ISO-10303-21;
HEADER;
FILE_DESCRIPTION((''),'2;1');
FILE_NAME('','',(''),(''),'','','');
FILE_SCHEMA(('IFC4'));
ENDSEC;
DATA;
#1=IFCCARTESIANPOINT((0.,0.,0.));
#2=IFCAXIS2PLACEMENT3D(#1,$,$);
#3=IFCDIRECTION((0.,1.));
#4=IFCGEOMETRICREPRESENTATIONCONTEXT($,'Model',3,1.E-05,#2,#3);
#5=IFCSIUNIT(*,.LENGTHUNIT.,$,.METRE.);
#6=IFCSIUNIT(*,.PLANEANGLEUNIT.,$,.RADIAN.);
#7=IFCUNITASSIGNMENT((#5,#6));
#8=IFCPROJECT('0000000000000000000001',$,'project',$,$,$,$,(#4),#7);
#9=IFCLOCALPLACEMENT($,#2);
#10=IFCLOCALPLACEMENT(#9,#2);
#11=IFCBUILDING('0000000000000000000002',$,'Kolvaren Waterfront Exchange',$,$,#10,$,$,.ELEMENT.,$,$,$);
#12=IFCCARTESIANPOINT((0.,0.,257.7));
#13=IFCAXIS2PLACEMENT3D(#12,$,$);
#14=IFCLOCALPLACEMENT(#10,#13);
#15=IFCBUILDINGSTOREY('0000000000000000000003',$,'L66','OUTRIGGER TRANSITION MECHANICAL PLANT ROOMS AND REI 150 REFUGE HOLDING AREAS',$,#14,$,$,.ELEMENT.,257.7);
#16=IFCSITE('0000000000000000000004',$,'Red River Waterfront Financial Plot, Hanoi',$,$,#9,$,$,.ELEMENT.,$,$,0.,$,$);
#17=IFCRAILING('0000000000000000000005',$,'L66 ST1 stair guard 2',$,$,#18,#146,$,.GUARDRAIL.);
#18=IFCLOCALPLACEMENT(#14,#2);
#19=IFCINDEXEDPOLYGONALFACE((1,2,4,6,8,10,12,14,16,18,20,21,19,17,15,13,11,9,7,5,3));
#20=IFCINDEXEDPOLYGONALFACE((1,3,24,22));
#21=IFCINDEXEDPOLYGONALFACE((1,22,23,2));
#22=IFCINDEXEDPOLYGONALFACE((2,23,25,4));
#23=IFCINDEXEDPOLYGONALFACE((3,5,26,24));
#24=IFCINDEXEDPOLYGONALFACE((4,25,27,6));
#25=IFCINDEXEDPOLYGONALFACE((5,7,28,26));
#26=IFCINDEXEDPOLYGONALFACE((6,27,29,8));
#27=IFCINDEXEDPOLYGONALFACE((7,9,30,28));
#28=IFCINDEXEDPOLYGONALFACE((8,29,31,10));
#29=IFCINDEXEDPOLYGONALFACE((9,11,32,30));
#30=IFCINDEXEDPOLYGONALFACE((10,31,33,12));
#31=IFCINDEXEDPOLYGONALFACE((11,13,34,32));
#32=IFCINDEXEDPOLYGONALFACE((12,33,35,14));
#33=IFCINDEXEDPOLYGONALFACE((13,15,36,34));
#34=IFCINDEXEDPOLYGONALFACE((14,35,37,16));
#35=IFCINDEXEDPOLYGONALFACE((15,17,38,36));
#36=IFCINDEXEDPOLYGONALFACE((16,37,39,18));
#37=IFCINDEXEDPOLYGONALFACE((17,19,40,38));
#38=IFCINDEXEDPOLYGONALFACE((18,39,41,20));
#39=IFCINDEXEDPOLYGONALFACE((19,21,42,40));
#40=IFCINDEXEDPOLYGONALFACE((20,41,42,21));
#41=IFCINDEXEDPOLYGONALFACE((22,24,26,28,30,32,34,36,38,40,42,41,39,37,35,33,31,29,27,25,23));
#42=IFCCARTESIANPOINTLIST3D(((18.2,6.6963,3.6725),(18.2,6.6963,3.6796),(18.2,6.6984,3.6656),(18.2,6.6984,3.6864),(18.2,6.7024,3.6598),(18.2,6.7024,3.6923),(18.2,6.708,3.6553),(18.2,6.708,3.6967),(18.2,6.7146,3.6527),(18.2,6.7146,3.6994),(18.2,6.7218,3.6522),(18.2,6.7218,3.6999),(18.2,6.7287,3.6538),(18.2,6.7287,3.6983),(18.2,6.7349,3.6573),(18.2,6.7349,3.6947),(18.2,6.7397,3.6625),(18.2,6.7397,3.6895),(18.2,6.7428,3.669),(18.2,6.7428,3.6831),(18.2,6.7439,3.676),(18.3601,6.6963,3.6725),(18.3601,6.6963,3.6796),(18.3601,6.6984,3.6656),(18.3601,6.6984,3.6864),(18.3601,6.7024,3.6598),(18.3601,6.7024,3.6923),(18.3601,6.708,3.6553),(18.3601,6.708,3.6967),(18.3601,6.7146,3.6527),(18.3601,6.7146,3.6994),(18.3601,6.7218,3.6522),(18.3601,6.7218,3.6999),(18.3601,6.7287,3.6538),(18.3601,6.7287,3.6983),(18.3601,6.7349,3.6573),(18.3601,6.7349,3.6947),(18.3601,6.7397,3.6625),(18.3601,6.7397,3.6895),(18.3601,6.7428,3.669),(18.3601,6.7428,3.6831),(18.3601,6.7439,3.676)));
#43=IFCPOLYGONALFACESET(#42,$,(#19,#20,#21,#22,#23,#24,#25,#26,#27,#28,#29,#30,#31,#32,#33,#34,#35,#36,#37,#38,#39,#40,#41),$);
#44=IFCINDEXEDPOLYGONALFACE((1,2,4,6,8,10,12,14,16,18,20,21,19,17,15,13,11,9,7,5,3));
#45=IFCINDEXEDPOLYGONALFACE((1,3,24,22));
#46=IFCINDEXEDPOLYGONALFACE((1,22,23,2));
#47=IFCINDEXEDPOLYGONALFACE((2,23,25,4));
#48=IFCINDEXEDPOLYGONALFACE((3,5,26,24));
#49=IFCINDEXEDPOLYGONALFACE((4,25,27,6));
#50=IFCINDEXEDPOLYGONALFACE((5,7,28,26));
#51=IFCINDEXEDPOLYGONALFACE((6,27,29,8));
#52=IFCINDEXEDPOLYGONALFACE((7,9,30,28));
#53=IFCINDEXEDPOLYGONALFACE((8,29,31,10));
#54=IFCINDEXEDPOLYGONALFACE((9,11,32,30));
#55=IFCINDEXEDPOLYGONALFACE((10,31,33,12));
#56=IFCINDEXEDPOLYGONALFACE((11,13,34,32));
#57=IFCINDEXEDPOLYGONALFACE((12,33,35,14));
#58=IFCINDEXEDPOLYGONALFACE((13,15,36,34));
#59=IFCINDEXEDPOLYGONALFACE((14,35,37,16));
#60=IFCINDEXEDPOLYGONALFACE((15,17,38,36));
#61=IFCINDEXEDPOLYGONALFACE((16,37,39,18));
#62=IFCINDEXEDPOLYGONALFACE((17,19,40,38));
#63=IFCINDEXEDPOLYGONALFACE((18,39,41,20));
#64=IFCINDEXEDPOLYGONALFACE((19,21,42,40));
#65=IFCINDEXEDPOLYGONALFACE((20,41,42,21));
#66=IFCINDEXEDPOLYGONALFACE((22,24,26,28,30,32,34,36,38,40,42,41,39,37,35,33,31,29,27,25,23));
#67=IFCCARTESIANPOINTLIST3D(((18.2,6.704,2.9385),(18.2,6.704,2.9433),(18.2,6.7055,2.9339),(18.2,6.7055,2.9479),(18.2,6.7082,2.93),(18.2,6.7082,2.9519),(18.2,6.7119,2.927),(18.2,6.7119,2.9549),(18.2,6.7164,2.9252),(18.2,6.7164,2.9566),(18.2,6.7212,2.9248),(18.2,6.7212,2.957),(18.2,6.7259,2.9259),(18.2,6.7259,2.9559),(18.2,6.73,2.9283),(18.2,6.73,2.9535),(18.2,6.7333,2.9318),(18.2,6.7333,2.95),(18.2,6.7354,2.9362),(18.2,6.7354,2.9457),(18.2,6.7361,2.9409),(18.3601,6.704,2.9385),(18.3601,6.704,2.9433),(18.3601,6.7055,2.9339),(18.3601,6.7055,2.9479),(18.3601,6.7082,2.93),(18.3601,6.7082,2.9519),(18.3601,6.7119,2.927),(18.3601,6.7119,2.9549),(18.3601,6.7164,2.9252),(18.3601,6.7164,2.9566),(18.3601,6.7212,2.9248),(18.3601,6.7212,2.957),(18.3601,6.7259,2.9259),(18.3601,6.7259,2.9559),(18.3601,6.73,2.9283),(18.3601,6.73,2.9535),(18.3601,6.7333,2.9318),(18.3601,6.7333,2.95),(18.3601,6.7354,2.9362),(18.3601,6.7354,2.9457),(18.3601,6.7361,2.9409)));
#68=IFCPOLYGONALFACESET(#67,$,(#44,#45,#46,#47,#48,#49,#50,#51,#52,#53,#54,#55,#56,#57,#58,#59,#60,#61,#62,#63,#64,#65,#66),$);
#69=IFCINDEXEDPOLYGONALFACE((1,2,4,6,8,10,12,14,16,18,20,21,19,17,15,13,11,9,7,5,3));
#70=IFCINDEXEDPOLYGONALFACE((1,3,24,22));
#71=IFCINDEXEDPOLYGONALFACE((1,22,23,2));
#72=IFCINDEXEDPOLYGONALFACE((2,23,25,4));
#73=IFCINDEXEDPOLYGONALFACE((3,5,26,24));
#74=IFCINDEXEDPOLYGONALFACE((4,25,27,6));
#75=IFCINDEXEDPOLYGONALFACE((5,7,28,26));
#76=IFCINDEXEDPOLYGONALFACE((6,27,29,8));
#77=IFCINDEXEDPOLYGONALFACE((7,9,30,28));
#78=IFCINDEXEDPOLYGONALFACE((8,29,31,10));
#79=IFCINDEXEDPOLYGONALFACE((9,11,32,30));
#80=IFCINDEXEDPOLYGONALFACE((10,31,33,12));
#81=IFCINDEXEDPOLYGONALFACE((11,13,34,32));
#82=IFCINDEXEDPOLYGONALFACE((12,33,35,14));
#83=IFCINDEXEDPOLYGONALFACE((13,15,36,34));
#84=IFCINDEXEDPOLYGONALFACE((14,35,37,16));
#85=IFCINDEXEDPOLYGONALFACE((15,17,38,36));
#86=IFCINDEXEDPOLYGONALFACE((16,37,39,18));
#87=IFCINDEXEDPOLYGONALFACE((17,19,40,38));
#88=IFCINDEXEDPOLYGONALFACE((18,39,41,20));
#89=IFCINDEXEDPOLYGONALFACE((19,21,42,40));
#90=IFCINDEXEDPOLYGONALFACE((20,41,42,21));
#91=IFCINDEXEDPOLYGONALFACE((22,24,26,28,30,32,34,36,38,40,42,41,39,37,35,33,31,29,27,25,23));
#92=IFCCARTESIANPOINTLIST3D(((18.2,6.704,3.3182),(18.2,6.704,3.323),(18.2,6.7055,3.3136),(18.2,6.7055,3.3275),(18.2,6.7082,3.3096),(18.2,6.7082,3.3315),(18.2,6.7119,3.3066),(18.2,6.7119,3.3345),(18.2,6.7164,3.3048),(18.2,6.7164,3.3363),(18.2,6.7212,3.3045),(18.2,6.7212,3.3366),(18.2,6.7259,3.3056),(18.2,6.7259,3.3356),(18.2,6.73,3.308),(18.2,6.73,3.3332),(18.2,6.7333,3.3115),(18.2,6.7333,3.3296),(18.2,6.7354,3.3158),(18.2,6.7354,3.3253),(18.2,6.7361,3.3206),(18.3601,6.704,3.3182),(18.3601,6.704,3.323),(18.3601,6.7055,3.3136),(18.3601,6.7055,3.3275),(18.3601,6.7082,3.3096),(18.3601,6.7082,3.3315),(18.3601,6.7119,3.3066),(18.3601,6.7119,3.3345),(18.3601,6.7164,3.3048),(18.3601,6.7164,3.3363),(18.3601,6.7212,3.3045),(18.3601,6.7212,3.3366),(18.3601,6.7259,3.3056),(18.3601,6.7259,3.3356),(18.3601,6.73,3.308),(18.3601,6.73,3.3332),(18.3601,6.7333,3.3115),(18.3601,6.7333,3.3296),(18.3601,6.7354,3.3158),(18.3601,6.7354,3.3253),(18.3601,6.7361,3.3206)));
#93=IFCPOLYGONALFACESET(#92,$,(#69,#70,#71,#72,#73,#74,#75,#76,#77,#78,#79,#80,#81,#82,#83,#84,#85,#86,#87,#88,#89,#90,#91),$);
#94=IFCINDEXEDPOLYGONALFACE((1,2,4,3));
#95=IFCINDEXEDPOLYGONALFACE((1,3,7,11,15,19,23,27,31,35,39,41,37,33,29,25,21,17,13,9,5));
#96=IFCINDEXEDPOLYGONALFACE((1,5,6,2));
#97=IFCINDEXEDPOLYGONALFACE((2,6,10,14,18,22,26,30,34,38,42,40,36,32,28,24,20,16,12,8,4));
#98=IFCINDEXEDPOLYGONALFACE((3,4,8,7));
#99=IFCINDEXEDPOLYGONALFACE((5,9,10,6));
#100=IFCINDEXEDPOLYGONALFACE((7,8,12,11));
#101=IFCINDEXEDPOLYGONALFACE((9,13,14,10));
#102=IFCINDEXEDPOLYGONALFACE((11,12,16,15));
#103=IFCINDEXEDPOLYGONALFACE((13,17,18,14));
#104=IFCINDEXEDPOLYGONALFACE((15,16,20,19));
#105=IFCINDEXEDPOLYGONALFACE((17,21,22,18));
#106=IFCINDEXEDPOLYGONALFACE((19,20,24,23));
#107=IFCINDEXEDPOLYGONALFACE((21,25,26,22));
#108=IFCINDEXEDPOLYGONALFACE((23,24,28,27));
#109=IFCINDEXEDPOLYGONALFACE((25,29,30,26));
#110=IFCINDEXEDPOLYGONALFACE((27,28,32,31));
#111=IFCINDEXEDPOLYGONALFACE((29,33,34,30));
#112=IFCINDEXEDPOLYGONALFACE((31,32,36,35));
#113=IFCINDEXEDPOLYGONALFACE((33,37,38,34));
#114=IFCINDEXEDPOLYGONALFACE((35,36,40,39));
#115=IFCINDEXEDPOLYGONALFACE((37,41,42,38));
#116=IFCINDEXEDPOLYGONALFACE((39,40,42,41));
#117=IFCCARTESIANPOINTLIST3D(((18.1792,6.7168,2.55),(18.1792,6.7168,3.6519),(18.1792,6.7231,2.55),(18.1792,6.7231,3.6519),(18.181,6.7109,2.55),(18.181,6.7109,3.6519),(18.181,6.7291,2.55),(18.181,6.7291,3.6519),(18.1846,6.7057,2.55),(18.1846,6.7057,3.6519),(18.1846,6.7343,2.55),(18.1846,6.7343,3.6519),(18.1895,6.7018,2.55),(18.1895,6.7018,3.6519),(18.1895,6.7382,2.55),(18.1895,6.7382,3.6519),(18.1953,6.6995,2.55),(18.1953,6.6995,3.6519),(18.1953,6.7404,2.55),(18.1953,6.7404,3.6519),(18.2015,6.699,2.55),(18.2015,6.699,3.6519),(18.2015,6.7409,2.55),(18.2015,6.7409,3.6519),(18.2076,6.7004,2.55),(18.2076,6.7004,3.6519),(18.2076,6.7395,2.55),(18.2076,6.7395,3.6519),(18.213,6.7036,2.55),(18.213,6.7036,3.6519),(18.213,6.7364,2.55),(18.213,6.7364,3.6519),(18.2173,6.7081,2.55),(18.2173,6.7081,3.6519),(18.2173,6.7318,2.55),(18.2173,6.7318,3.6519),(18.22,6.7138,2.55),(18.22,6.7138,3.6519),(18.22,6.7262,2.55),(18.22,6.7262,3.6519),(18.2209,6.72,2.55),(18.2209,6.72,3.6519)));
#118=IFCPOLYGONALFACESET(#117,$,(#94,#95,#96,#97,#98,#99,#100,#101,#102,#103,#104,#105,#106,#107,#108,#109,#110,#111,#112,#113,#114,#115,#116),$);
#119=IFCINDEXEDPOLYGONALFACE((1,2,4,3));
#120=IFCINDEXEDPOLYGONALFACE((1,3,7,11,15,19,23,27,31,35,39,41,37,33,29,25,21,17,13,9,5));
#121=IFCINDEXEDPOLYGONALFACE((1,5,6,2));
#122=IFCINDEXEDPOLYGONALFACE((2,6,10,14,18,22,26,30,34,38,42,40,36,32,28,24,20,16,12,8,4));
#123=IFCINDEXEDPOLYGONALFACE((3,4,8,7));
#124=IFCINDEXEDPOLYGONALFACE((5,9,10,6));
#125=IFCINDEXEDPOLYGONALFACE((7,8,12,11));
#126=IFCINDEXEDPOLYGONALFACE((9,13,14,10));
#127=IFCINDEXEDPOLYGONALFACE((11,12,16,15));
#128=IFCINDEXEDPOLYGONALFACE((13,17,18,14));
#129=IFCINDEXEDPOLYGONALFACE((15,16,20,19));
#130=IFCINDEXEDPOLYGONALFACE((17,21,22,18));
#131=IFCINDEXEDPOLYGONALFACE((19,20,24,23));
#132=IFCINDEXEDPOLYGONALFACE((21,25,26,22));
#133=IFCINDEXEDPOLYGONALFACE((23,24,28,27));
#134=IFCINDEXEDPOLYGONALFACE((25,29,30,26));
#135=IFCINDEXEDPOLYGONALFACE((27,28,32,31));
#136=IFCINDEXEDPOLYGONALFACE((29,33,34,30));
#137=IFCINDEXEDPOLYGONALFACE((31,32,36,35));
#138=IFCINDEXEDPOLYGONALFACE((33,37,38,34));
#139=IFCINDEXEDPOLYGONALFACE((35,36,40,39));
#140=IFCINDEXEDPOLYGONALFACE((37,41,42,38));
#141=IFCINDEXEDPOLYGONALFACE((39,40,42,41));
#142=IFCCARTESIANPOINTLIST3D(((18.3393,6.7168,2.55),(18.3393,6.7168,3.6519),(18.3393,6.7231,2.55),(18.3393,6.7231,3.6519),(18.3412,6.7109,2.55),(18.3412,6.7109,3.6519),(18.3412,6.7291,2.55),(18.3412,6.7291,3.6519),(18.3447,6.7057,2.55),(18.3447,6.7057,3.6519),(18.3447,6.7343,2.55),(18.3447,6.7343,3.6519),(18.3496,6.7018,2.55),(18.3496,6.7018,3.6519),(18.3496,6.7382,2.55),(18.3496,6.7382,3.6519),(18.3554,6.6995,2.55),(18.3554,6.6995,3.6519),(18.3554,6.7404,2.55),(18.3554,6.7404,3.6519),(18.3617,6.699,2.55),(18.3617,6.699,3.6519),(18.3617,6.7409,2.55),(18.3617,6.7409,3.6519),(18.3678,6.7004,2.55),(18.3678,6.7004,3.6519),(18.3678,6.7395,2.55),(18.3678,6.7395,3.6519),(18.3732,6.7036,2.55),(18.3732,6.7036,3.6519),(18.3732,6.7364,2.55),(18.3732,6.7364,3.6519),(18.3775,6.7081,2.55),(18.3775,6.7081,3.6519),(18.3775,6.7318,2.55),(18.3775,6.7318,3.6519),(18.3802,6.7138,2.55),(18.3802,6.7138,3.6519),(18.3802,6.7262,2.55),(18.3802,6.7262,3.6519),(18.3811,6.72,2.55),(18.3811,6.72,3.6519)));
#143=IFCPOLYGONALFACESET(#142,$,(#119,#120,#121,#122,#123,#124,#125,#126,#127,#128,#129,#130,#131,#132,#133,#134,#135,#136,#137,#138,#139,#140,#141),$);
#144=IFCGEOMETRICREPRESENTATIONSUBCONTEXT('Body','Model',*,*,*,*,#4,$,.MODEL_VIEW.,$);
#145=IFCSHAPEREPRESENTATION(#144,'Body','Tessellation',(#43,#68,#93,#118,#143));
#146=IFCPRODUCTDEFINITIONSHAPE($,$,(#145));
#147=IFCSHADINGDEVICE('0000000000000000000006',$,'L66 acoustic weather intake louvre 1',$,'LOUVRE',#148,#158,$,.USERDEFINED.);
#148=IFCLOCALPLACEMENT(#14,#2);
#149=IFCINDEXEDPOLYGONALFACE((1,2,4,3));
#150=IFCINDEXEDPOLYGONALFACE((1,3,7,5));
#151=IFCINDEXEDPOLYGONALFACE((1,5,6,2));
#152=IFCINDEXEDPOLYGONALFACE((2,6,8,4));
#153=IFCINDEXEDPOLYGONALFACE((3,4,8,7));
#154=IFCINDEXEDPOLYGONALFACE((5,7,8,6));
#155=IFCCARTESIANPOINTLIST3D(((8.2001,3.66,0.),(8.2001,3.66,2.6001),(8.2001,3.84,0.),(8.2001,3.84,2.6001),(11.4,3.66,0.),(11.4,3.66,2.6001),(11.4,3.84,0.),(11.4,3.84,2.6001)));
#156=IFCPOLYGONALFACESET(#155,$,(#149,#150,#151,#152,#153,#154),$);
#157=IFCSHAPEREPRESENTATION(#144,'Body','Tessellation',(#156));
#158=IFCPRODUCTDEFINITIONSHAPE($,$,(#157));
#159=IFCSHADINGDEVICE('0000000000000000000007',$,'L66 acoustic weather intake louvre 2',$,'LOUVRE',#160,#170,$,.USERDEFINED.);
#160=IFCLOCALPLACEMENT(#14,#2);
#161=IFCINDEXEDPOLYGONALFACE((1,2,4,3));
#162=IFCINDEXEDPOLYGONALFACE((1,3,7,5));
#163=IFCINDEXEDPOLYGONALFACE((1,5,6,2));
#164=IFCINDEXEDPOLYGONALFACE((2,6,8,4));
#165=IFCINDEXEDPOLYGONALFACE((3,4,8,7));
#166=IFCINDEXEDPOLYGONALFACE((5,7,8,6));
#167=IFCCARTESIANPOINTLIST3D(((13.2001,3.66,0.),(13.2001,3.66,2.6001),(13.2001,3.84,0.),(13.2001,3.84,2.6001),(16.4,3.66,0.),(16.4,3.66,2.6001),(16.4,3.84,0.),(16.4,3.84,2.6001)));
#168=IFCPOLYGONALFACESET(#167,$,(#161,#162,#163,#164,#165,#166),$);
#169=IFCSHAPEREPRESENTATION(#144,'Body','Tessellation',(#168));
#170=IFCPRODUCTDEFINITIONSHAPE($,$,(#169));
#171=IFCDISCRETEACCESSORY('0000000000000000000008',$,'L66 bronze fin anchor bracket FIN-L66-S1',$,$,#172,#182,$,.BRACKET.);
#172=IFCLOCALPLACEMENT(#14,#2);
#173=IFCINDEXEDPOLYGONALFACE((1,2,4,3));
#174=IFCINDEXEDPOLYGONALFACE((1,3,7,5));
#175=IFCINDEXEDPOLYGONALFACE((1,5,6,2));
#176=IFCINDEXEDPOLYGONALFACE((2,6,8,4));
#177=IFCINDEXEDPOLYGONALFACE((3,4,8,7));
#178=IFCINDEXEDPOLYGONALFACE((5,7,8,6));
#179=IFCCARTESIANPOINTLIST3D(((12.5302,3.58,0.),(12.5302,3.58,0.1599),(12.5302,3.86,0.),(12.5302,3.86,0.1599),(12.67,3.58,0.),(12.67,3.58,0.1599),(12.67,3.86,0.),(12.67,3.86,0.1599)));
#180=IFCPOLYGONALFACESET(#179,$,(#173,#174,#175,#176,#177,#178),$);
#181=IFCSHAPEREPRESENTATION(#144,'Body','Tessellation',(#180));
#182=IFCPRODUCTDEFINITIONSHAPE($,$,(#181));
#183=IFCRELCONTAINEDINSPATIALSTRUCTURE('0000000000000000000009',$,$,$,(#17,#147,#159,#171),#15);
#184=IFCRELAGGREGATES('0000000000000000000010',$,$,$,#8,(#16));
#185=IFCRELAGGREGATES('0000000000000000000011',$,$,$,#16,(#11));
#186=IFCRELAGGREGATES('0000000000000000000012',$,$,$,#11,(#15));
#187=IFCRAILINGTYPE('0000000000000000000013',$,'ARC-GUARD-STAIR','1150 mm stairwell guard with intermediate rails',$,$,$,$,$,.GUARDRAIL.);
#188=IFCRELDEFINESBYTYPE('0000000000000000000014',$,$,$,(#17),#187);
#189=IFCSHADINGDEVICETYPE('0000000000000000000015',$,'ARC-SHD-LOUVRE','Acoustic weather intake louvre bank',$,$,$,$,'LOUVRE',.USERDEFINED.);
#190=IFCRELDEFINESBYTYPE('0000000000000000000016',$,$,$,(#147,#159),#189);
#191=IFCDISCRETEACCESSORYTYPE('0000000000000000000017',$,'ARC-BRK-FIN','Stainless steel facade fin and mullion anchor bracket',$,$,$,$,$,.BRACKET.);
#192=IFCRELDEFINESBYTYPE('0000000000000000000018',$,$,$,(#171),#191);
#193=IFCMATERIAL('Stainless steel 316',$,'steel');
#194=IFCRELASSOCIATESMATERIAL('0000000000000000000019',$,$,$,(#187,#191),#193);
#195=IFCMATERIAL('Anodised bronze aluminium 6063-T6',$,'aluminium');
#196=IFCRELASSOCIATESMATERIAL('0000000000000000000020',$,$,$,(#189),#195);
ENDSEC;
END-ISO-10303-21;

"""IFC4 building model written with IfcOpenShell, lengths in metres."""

from ifc_helpers import new_model, si_unit, direction, frame, origin, origin_with_axes, origin_2d, place, context, subcontext, project, spatial, rectangle, circle, extrude, source, transform, mapped, material, type_object, element, save


model = new_model("IFC4")

# Units and contexts
model_context = context("Model", 3, precision=1e-05, world=origin(), true_north=direction((0.0, 1.0)))
body_context = subcontext(model_context, "Body", "Model", "MODEL_VIEW")
ifc_project = project(units=[si_unit("LENGTHUNIT", "METRE"), si_unit("PLANEANGLEUNIT", "RADIAN")], contexts=[model_context])

# Site, building, storey
site_placement = place(None, origin())
site = spatial("IfcSite", under=ifc_project, at=site_placement, Name="Red River Waterfront Financial Plot, Hanoi", CompositionType="ELEMENT", RefElevation=0.0)
building_placement = place(site_placement, origin())
building = spatial("IfcBuilding", under=site, at=building_placement, Name="Kolvaren Waterfront Exchange", CompositionType="ELEMENT")
storey_placement = place(building_placement, frame((0.0, 0.0, 257.7)))
storey = spatial("IfcBuildingStorey", under=building, at=storey_placement, Name="L66", Description="OUTRIGGER TRANSITION MECHANICAL PLANT ROOMS AND REI 150 REFUGE HOLDING AREAS", CompositionType="ELEMENT", Elevation=257.7)

# Shared definitions
ifc_material_1 = material(Name="Anodised bronze aluminium 6063-T6", Category="aluminium")

# Railing
ifc_material_2 = material(Name="Stainless steel 316", Category="steel")
railing_type_1 = type_object("IfcRailingType", Name="ARC-GUARD-STAIR", Description="1150 mm stairwell guard with intermediate rails", PredefinedType="GUARDRAIL", material=ifc_material_2)
railing_1_placement = place(storey_placement, frame((18.2, 6.72, 2.55)))
element("IfcRailing", 1, at=railing_1_placement, inside=storey, type_object=railing_type_1, Name="L66 ST1 stair guard 2", PredefinedType="GUARDRAIL", context=body_context, shape_type="SweptSolid", body=[
    extrude(circle(Radius=0.0239, at=origin_2d()), frame((0.0, 0.0, 1.126), z_axis=(1.0, 0.0, 0.0), x_axis=(0.0, 1.0, 0.0)), (0.0, 0.0, 1.0), 0.1602),
    extrude(circle(Radius=0.0161, at=origin_2d()), frame((0.0, 0.0, 0.3909), z_axis=(1.0, 0.0, 0.0), x_axis=(0.0, 1.0, 0.0)), (0.0, 0.0, 1.0), 0.1602),
    extrude(circle(Radius=0.0161, at=origin_2d()), frame((0.0, 0.0, 0.7705), z_axis=(1.0, 0.0, 0.0), x_axis=(0.0, 1.0, 0.0)), (0.0, 0.0, 1.0), 0.1602),
    extrude(circle(Radius=0.021, at=origin_2d()), origin(), (0.0, 0.0, 1.0), 1.1018),
    extrude(circle(Radius=0.021, at=origin_2d()), frame((0.1602, 0.0, 0.0)), (0.0, 0.0, 1.0), 1.1018),
])

# Shading devices
shading_device_type_1 = type_object("IfcShadingDeviceType", Name="ARC-SHD-LOUVRE", Description="Acoustic weather intake louvre bank", ElementType="LOUVRE", PredefinedType="USERDEFINED", material=ifc_material_1)
shared_shape_1 = source(origin_with_axes(), body_context, "Body", "SweptSolid", [
    extrude(rectangle(XDim=3.2, YDim=0.1799, at=origin_2d()), origin(), (0.0, 0.0, 1.0), 2.6001),
])
for number, where, z_axis, x_axis, name in (
    (2, (9.8, 3.75, 0.0), (0.0, 0.0, 1.0), (1.0, 0.0, 0.0), "L66 acoustic weather intake louvre 1"),
    (3, (14.8, 3.75, 0.0), (0.0, 0.0, 1.0), (1.0, 0.0, 0.0), "L66 acoustic weather intake louvre 2"),
):
    element("IfcShadingDevice", number, at=place(storey_placement, frame(where, z_axis=z_axis, x_axis=x_axis)), inside=storey, type_object=shading_device_type_1, Name=name, ObjectType="LOUVRE", PredefinedType="USERDEFINED", context=body_context, shape_type="MappedRepresentation", body=[
        mapped(shared_shape_1, transform((0.0, 0.0, 0.0), x_axis=(1.0, 0.0, 0.0), y_axis=(0.0, 1.0, 0.0), z_axis=(0.0, 0.0, 1.0), scale=1.0)),
    ])

# Discrete accessory
discrete_accessory_type = type_object("IfcDiscreteAccessoryType", Name="ARC-BRK-FIN", Description="Stainless steel facade fin and mullion anchor bracket", PredefinedType="BRACKET", material=ifc_material_2)
shared_shape_2 = source(origin_with_axes(), body_context, "Body", "SweptSolid", [
    extrude(rectangle(XDim=0.28, YDim=0.1399, at=origin_2d()), origin(), (0.0, 0.0, 1.0), 0.1599),
])
discrete_accessory_placement = place(storey_placement, frame((12.6001, 3.72, 0.0), z_axis=(0.0, 0.0, 1.0), x_axis=(0.0, -1.0, 0.0)))
element("IfcDiscreteAccessory", 4, at=discrete_accessory_placement, inside=storey, type_object=discrete_accessory_type, Name="L66 bronze fin anchor bracket FIN-L66-S1", PredefinedType="BRACKET", context=body_context, shape_type="MappedRepresentation", body=[
    mapped(shared_shape_2, transform((0.0, 0.0, 0.0), x_axis=(1.0, 0.0, 0.0), y_axis=(0.0, 1.0, 0.0), z_axis=(0.0, 0.0, 1.0), scale=1.0)),
])

save(model, "model.ifc")
